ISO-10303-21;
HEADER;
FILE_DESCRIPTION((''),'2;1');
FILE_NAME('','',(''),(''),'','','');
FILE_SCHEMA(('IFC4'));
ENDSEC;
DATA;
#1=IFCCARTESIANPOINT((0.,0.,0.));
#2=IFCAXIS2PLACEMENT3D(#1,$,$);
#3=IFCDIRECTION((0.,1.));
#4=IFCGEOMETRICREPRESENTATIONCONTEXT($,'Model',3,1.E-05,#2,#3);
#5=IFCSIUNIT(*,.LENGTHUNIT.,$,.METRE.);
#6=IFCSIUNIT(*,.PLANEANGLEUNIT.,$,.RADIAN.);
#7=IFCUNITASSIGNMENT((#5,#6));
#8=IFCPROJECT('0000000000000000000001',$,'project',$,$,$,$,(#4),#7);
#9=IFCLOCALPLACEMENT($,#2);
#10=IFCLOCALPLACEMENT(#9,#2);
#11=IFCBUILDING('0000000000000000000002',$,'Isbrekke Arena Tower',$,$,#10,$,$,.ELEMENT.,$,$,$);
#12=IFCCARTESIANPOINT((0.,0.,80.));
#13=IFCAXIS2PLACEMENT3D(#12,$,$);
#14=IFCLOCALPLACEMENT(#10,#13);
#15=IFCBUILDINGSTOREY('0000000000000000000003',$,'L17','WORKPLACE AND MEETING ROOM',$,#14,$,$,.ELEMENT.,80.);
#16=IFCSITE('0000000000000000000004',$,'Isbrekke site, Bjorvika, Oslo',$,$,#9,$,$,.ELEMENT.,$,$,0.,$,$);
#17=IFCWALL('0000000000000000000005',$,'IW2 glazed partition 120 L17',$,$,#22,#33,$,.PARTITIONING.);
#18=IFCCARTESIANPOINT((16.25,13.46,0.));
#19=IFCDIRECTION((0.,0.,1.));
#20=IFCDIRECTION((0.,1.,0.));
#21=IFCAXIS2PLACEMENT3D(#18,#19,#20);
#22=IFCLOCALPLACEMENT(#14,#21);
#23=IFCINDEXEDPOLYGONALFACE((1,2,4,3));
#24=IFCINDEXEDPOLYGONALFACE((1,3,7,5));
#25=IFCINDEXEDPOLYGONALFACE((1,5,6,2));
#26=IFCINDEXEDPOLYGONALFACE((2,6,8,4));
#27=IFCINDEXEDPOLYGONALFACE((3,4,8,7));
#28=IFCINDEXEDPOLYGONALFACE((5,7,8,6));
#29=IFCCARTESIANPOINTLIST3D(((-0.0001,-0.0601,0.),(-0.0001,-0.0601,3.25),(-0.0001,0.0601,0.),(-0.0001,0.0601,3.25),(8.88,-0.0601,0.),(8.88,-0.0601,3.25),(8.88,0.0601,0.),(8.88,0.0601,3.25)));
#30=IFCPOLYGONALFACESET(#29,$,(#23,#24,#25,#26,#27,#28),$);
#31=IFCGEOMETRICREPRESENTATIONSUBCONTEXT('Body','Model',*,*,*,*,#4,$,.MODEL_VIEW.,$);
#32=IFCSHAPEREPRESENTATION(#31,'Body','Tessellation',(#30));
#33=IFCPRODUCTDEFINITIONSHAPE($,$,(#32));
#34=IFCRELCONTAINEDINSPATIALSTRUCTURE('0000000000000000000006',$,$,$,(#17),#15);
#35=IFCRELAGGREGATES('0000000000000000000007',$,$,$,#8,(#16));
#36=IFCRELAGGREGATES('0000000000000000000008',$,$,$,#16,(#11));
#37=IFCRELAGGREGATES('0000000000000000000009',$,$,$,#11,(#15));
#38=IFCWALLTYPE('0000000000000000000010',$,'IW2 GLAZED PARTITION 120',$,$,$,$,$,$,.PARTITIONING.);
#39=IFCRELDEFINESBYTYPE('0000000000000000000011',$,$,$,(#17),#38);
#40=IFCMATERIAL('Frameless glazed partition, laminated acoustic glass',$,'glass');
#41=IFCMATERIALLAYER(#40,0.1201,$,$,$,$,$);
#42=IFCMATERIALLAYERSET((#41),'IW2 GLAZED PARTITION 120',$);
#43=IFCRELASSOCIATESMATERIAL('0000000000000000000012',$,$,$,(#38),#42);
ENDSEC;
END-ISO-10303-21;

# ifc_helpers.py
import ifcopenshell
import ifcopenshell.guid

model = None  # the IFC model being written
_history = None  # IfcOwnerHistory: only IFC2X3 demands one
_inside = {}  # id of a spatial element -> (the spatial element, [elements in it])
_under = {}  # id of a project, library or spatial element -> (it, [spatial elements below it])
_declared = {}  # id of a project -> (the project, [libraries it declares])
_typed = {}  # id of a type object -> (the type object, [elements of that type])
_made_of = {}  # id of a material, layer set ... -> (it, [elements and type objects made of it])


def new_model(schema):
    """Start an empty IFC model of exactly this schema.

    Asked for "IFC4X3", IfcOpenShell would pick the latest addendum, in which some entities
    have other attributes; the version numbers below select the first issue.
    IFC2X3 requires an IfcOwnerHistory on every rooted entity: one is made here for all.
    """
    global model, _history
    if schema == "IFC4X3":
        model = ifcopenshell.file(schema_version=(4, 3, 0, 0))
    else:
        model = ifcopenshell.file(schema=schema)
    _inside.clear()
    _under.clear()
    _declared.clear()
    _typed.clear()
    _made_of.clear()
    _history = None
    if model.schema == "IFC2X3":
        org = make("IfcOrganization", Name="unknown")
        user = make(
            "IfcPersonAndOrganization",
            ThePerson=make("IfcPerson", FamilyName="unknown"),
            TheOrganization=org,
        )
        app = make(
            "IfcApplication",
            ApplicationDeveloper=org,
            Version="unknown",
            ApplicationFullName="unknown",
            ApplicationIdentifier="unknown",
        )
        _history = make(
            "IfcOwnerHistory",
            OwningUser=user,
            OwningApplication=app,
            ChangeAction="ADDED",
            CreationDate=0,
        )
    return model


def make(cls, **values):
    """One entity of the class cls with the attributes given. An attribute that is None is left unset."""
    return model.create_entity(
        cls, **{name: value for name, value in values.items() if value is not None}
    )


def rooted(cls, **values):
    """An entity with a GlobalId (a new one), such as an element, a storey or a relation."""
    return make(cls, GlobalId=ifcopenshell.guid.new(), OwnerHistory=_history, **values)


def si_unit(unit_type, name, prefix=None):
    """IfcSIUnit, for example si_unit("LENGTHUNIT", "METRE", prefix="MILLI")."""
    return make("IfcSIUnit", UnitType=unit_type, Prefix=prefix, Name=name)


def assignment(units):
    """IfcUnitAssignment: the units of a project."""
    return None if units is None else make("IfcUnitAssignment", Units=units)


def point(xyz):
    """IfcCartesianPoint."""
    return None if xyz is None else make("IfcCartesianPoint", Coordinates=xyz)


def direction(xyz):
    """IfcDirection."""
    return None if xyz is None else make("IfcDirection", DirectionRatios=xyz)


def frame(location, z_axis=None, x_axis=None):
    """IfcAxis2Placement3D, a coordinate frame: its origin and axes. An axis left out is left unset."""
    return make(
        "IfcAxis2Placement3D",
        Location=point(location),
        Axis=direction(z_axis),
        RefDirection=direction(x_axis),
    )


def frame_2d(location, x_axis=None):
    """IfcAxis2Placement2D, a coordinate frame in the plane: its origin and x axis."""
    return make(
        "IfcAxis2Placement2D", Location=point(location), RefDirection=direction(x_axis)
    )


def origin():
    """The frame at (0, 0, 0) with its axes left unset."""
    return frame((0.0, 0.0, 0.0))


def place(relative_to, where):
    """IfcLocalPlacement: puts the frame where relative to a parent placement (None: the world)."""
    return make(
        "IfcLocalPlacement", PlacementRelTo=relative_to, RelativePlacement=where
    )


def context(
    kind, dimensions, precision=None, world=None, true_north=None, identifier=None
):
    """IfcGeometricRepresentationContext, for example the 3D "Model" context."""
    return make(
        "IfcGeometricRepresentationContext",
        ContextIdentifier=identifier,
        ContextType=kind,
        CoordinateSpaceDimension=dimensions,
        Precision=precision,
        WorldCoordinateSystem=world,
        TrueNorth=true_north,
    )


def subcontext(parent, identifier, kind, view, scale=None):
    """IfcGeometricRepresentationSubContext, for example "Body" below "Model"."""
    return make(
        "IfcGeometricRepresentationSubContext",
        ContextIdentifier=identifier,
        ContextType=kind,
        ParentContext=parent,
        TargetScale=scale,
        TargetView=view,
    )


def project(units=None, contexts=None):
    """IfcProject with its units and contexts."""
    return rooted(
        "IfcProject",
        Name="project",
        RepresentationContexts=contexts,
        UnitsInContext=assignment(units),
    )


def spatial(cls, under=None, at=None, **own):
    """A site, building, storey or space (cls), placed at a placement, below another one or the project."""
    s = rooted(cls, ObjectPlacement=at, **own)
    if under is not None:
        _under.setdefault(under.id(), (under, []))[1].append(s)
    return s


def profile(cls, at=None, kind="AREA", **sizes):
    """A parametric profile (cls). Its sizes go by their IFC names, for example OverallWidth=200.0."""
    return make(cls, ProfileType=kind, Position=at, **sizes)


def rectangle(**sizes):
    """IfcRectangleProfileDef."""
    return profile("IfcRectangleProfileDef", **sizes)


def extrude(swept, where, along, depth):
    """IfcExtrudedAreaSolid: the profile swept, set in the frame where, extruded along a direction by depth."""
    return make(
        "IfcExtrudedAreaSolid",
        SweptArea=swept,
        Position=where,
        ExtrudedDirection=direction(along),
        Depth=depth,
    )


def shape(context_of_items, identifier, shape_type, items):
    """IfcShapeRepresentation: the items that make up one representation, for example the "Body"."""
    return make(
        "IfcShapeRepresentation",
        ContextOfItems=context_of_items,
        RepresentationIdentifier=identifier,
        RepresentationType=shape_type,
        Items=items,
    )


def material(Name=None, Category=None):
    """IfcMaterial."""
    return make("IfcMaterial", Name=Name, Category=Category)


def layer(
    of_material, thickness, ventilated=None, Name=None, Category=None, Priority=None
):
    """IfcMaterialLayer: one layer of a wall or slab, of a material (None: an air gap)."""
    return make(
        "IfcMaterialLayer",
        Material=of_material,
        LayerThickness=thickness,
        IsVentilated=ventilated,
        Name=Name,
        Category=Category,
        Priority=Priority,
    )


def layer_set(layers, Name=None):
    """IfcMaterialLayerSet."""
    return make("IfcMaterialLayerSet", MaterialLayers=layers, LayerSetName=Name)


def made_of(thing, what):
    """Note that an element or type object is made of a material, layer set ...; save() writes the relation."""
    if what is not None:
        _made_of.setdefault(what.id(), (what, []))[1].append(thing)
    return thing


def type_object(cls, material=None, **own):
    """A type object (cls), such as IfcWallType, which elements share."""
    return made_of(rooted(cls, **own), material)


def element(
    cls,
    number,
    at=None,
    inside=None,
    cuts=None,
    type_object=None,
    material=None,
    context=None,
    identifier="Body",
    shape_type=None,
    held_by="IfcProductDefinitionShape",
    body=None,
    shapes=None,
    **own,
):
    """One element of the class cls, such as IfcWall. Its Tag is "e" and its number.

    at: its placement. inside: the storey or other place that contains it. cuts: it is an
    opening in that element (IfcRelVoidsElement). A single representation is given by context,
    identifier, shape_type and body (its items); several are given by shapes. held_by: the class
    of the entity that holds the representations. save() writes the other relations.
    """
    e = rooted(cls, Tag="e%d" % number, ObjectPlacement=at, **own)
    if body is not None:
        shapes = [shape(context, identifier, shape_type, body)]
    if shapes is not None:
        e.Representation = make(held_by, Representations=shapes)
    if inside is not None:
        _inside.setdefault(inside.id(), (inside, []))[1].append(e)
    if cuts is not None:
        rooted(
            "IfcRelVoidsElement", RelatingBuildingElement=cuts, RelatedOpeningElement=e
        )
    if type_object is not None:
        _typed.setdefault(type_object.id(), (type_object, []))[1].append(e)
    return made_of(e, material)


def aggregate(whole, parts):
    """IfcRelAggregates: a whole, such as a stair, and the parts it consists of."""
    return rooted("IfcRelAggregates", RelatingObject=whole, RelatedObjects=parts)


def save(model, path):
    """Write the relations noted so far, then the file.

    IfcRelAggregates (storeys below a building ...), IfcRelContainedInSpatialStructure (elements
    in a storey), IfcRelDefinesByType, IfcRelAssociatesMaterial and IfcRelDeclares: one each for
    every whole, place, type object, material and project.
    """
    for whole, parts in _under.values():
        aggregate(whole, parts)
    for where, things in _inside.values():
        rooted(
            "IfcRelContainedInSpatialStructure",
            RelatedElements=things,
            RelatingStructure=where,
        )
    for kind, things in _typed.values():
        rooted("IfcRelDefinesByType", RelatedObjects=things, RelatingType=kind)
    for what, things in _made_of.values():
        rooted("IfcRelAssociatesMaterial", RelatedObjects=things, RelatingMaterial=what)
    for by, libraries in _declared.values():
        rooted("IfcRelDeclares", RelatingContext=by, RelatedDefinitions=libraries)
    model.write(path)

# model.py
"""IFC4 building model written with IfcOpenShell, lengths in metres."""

from ifc_helpers import new_model, si_unit, direction, frame, frame_2d, origin, place, context, subcontext, project, spatial, rectangle, extrude, material, layer, layer_set, type_object, element, save


model = new_model("IFC4")

# Units and contexts
model_context = context("Model", 3, precision=1e-05, world=origin(), true_north=direction((0.0, 1.0)))
body_context = subcontext(model_context, "Body", "Model", "MODEL_VIEW")
ifc_project = project(units=[si_unit("LENGTHUNIT", "METRE"), si_unit("PLANEANGLEUNIT", "RADIAN")], contexts=[model_context])

# Site, building, storey
site_placement = place(None, origin())
site = spatial("IfcSite", under=ifc_project, at=site_placement, Name="Isbrekke site, Bjorvika, Oslo", CompositionType="ELEMENT", RefElevation=0.0)
building_placement = place(site_placement, origin())
building = spatial("IfcBuilding", under=site, at=building_placement, Name="Isbrekke Arena Tower", CompositionType="ELEMENT")
storey_placement = place(building_placement, frame((0.0, 0.0, 80.0)))
storey = spatial("IfcBuildingStorey", under=building, at=storey_placement, Name="L17", Description="WORKPLACE AND MEETING ROOM", CompositionType="ELEMENT", Elevation=80.0)

# Wall
ifc_material_1 = material(Name="Frameless glazed partition, laminated acoustic glass", Category="glass")
ifc_layer_1 = layer(ifc_material_1, 0.1201)
ifc_layer_set_1 = layer_set([ifc_layer_1], Name="IW2 GLAZED PARTITION 120")
wall_type_1 = type_object("IfcWallType", Name="IW2 GLAZED PARTITION 120", PredefinedType="PARTITIONING", material=ifc_layer_set_1)
wall_1_placement = place(storey_placement, frame((16.25, 13.46, 0.0), z_axis=(0.0, 0.0, 1.0), x_axis=(0.0, 1.0, 0.0)))
element("IfcWall", 1, at=wall_1_placement, inside=storey, type_object=wall_type_1, Name="IW2 glazed partition 120 L17", PredefinedType="PARTITIONING", context=body_context, shape_type="SweptSolid", body=[
    extrude(rectangle(XDim=8.8801, YDim=0.1201, at=frame_2d((4.4399, 0.0))), origin(), (0.0, 0.0, 1.0), 3.25),
])

save(model, "model.ifc")
